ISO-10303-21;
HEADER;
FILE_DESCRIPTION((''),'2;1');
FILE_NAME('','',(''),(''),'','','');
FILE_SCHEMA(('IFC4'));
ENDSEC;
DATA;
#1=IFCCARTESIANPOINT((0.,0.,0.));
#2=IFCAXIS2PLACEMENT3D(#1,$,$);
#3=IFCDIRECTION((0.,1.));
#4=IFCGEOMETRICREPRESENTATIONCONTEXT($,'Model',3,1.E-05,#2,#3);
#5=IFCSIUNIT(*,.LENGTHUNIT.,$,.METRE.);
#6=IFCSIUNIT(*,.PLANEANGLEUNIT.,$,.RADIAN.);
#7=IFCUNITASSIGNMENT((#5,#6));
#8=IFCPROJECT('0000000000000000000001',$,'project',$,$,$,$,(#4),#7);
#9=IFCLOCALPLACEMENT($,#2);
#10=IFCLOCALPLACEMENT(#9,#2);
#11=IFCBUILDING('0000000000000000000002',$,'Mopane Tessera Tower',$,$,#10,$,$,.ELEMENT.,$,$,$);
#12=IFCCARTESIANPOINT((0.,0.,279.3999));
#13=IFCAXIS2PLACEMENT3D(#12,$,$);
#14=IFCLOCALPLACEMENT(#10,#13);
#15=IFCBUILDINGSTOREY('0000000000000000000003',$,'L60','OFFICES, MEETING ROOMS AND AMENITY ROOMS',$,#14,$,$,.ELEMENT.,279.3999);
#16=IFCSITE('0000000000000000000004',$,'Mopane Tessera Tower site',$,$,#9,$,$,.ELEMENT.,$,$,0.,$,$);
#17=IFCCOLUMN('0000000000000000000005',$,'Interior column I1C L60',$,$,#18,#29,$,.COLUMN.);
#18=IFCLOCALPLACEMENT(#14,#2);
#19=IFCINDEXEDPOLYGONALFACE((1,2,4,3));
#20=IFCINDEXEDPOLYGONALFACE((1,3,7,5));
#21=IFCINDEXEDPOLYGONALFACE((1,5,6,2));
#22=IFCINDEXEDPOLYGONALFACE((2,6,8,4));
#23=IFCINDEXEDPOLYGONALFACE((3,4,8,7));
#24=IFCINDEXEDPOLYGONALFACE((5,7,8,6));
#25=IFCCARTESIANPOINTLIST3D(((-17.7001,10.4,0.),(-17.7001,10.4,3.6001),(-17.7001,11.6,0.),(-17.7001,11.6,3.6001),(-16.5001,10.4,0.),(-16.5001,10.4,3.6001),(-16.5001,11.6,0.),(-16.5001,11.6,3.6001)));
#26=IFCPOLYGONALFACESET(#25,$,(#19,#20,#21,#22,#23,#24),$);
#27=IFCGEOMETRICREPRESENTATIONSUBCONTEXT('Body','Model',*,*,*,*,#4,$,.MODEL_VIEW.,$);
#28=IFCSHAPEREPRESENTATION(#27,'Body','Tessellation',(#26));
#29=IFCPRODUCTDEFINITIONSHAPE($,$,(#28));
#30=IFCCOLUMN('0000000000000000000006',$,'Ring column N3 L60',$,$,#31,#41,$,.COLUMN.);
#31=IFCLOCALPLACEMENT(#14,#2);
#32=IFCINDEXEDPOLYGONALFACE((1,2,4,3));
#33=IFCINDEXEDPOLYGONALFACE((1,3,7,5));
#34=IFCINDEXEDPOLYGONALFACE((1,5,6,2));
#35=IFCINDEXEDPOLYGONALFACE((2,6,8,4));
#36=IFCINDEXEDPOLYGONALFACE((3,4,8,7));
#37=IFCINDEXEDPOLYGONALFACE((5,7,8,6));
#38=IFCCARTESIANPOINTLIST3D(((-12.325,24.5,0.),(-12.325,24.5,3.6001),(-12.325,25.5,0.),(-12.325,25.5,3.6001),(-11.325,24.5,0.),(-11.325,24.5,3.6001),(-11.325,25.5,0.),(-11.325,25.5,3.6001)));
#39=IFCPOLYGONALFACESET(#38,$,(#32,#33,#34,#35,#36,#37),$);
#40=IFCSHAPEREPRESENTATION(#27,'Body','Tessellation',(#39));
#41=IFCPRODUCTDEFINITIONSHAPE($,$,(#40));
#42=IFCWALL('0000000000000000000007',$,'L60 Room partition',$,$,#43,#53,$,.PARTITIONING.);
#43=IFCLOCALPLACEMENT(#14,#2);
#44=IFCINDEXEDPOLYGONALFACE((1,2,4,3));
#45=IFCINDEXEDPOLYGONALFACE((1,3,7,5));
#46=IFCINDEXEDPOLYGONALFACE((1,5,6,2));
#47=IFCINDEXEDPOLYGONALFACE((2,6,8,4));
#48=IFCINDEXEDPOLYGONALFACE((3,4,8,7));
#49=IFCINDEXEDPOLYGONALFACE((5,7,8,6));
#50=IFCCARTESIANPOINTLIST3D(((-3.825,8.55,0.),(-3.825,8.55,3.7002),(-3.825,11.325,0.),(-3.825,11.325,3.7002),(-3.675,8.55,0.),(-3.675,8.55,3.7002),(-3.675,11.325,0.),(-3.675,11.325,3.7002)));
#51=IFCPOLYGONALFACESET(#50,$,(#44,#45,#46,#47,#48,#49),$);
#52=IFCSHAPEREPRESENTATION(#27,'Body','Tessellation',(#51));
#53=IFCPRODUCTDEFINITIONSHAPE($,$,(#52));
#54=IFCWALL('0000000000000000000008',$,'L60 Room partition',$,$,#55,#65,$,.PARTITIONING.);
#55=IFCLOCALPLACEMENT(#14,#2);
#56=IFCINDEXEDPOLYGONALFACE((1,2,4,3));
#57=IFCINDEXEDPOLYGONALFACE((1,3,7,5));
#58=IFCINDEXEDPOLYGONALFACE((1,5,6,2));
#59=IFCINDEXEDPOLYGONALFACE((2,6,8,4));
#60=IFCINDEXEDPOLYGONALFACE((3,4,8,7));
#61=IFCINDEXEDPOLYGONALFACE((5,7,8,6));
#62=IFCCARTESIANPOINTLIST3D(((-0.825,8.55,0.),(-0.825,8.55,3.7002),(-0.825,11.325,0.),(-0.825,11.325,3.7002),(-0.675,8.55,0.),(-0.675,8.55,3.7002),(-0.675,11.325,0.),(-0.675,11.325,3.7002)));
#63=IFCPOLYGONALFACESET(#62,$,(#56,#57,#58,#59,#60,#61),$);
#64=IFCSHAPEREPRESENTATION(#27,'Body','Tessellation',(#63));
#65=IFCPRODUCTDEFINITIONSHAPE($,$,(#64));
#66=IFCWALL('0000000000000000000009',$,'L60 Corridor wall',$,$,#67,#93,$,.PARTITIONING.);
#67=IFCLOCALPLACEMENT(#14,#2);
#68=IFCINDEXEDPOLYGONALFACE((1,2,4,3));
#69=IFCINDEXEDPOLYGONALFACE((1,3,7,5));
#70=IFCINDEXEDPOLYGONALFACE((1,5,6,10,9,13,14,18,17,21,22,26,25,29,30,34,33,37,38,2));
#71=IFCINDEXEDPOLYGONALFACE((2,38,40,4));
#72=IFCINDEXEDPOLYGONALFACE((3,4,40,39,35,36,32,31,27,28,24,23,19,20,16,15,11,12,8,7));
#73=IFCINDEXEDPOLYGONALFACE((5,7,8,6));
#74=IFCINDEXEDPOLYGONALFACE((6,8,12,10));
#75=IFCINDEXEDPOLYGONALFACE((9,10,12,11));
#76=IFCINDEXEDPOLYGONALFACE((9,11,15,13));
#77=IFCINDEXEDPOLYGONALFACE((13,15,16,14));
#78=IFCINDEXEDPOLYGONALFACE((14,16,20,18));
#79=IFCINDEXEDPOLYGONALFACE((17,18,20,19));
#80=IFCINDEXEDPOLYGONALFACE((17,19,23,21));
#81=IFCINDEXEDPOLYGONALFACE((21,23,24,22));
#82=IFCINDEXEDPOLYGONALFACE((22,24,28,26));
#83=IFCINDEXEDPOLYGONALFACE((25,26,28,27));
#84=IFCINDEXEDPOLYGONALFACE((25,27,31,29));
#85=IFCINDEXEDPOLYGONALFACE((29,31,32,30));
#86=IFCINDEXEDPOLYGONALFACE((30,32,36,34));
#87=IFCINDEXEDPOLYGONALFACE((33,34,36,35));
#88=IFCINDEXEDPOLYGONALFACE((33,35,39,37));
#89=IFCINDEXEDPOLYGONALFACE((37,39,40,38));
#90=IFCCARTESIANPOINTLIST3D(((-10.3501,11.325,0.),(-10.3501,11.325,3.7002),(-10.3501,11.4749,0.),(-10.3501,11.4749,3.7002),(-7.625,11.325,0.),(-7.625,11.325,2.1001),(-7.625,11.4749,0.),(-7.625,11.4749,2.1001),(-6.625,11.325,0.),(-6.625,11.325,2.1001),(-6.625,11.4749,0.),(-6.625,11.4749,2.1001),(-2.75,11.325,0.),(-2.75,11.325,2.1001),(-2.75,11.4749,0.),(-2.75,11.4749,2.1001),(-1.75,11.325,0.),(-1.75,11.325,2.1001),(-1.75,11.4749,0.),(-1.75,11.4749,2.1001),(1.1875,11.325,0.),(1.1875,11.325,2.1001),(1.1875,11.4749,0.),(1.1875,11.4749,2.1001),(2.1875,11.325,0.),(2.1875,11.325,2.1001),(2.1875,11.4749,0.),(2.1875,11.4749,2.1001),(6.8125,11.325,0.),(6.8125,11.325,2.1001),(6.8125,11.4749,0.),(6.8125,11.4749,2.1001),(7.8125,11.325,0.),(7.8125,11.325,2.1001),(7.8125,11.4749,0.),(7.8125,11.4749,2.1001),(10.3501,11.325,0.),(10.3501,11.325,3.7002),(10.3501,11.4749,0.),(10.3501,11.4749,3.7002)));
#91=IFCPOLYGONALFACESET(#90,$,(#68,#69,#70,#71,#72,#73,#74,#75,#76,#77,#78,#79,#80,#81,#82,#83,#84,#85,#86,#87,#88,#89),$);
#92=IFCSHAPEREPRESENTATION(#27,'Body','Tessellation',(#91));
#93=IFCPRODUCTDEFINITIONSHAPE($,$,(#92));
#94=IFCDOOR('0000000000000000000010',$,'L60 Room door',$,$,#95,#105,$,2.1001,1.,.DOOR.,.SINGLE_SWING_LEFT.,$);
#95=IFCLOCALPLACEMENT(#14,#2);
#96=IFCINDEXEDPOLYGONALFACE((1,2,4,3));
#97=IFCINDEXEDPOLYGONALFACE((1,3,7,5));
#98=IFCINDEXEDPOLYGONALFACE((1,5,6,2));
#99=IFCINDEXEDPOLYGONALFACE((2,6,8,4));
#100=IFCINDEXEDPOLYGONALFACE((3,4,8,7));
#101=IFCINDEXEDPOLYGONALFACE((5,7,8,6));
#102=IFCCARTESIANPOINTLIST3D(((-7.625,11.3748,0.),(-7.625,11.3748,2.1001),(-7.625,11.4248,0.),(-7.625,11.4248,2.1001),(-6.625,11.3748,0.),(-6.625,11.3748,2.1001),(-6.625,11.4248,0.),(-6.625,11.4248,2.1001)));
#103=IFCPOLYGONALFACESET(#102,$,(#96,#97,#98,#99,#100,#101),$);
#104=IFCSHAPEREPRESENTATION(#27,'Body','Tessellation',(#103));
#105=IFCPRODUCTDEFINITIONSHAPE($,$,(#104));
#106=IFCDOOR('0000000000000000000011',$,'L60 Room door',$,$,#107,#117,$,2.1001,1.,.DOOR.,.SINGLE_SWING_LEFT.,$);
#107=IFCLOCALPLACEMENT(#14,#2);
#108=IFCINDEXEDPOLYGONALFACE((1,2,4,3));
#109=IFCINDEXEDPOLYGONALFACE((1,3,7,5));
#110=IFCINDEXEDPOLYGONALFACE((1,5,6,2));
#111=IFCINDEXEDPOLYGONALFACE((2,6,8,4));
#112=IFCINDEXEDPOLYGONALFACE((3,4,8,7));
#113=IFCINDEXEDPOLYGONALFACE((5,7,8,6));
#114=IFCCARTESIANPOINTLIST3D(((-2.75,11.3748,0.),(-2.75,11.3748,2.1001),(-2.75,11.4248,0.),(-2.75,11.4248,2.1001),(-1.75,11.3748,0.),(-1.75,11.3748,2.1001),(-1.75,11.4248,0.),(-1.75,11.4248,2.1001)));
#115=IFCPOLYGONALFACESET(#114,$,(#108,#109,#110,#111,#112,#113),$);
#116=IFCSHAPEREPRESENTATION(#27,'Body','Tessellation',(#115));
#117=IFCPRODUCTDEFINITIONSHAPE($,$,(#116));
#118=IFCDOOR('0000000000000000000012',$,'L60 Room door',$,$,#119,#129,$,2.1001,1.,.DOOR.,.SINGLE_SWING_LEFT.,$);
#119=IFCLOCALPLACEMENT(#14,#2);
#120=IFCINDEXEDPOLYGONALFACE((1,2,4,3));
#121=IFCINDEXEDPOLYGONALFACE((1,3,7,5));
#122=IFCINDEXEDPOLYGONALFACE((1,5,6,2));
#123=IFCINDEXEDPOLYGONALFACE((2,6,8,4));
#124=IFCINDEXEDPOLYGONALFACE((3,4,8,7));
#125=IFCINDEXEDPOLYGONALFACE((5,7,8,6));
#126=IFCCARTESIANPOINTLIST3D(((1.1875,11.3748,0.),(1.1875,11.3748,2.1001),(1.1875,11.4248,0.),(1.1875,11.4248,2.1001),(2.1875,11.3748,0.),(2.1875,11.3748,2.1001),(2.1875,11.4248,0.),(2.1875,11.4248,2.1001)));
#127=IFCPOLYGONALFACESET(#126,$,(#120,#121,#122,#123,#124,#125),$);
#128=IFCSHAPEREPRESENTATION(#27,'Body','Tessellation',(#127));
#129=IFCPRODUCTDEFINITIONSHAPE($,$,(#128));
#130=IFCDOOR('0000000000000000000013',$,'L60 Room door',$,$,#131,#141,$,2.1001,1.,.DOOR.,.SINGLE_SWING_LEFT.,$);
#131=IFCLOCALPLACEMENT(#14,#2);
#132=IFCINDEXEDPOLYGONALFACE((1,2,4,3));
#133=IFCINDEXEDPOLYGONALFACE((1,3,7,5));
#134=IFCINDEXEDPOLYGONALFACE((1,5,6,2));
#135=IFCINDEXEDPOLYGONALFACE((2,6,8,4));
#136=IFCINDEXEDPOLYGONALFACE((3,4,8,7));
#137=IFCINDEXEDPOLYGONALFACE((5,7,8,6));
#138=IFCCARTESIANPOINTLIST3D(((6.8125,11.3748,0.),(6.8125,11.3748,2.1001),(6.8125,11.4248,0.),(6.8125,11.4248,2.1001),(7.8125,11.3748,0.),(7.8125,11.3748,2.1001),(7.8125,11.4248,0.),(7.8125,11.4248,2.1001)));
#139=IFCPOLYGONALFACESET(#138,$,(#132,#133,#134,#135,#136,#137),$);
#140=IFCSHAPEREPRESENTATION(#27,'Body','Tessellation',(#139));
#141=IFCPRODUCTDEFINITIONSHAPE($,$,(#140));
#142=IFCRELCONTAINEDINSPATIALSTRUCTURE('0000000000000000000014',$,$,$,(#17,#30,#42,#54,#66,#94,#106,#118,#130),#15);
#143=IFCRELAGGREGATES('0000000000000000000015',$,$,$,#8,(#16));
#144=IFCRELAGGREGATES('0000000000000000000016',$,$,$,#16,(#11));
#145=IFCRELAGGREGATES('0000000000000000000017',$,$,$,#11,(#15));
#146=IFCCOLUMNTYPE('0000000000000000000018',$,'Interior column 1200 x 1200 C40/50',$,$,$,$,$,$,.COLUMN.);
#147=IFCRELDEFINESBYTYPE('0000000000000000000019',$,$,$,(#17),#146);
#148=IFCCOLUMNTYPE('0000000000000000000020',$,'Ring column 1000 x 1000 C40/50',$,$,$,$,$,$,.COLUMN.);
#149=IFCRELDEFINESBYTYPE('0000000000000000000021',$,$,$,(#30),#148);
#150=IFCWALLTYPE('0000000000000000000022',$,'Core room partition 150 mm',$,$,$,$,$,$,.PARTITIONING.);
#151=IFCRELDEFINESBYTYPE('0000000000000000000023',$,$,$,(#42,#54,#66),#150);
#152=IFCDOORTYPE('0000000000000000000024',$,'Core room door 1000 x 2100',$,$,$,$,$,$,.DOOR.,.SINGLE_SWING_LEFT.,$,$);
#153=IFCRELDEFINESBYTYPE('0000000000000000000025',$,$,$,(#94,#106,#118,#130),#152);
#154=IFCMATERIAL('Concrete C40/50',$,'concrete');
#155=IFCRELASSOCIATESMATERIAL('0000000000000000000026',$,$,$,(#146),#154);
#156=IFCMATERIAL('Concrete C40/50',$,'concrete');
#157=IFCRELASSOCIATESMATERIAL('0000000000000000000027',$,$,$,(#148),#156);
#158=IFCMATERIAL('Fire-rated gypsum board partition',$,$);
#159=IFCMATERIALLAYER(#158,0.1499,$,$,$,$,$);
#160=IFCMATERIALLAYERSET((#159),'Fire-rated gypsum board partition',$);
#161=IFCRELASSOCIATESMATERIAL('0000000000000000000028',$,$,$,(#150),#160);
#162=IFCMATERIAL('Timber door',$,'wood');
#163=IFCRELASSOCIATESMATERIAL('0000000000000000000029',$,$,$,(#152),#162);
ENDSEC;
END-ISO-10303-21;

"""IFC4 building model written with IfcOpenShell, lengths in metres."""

from ifc_helpers import new_model, si_unit, direction, frame, frame_2d, origin, origin_2d, place, context, subcontext, project, spatial, rectangle, extrude, material, layer, layer_set, material_profile, profile_set, type_object, element, fill, save


model = new_model("IFC4")

# Units and contexts
model_context = context("Model", 3, precision=1e-05, world=origin(), true_north=direction((0.0, 1.0)))
body_context = subcontext(model_context, "Body", "Model", "MODEL_VIEW")
ifc_project = project(units=[si_unit("LENGTHUNIT", "METRE"), si_unit("PLANEANGLEUNIT", "RADIAN")], contexts=[model_context])

# Site, building, storey
site_placement = place(None, origin())
site = spatial("IfcSite", under=ifc_project, at=site_placement, Name="Mopane Tessera Tower site", CompositionType="ELEMENT", RefElevation=0.0)
building_placement = place(site_placement, origin())
building = spatial("IfcBuilding", under=site, at=building_placement, Name="Mopane Tessera Tower", CompositionType="ELEMENT")
storey_placement = place(building_placement, frame((0.0, 0.0, 279.3999)))
storey = spatial("IfcBuildingStorey", under=building, at=storey_placement, Name="L60", Description="OFFICES, MEETING ROOMS AND AMENITY ROOMS", CompositionType="ELEMENT", Elevation=279.3999)

# Columns
ifc_material_1 = material(Name="Concrete C40/50", Category="concrete")
ifc_material_profile_1 = material_profile(ifc_material_1, rectangle(XDim=1.2, YDim=1.2, at=origin_2d()))
ifc_profile_set_1 = profile_set([ifc_material_profile_1], Name="Concrete C40/50")
column_type_1 = type_object("IfcColumnType", Name="Interior column 1200 x 1200 C40/50", PredefinedType="COLUMN", material=ifc_profile_set_1)
column_1_placement = place(storey_placement, frame((-17.1001, 11.0, 0.0), z_axis=(0.0, 0.0, 1.0), x_axis=(1.0, 0.0, 0.0)))
element("IfcColumn", 1, at=column_1_placement, inside=storey, type_object=column_type_1, Name="Interior column I1C L60", PredefinedType="COLUMN", context=body_context, shape_type="SweptSolid", body=[
    extrude(rectangle(XDim=1.2, YDim=1.2, at=origin_2d()), origin(), (0.0, 0.0, 1.0), 3.6001),
])
ifc_material_2 = material(Name="Concrete C40/50", Category="concrete")
ifc_material_profile_2 = material_profile(ifc_material_2, rectangle(XDim=1.0, YDim=1.0, at=origin_2d()))
ifc_profile_set_2 = profile_set([ifc_material_profile_2], Name="Concrete C40/50")
column_type_2 = type_object("IfcColumnType", Name="Ring column 1000 x 1000 C40/50", PredefinedType="COLUMN", material=ifc_profile_set_2)
column_2_placement = place(storey_placement, frame((-11.825, 25.0, 0.0), z_axis=(0.0, 0.0, 1.0), x_axis=(1.0, 0.0, 0.0)))
element("IfcColumn", 2, at=column_2_placement, inside=storey, type_object=column_type_2, Name="Ring column N3 L60", PredefinedType="COLUMN", context=body_context, shape_type="SweptSolid", body=[
    extrude(rectangle(XDim=1.0, YDim=1.0, at=origin_2d()), origin(), (0.0, 0.0, 1.0), 3.6001),
])

# Walls
ifc_material_3 = material(Name="Fire-rated gypsum board partition")
ifc_layer_1 = layer(ifc_material_3, 0.1499)
ifc_layer_set_1 = layer_set([ifc_layer_1], Name="Fire-rated gypsum board partition")
wall_type_1 = type_object("IfcWallType", Name="Core room partition 150 mm", PredefinedType="PARTITIONING", material=ifc_layer_set_1)
for number, where, z_axis, x_axis, name in (
    (3, (-3.75, 8.55, 0.0), (0.0, 0.0, 1.0), (0.0, 1.0, 0.0), "L60 Room partition"),
    (4, (-0.75, 8.55, 0.0), (0.0, 0.0, 1.0), (0.0, 1.0, 0.0), "L60 Room partition"),
):
    element("IfcWall", number, at=place(storey_placement, frame(where, z_axis=z_axis, x_axis=x_axis)), inside=storey, type_object=wall_type_1, Name=name, PredefinedType="PARTITIONING", context=body_context, shape_type="SweptSolid", body=[
        extrude(rectangle(XDim=2.7749, YDim=0.1499, at=frame_2d((1.3875, 0.0))), origin(), (0.0, 0.0, 1.0), 3.7002),
    ])

# Wall, openings, doors
wall_1_placement = place(storey_placement, frame((-10.3501, 11.3999, 0.0), z_axis=(0.0, 0.0, 1.0), x_axis=(1.0, 0.0, 0.0)))
wall_1 = element("IfcWall", 5, at=wall_1_placement, inside=storey, type_object=wall_type_1, Name="L60 Corridor wall", PredefinedType="PARTITIONING", context=body_context, shape_type="SweptSolid", body=[
    extrude(rectangle(XDim=20.7002, YDim=0.1499, at=frame_2d((10.3501, 0.0))), origin(), (0.0, 0.0, 1.0), 3.7002),
])
opening_1_placement = place(wall_1_placement, frame((2.7251, 0.0, 0.0)))
opening_1 = element("IfcOpeningElement", 6, at=opening_1_placement, cuts=wall_1, PredefinedType="OPENING", context=body_context, shape_type="SweptSolid", body=[
    extrude(rectangle(XDim=1.0, YDim=2.1001, at=frame_2d((0.5, 1.05))), frame((0.0, 0.0869, 0.0), z_axis=(0.0, -1.0, 0.0), x_axis=(1.0, 0.0, 0.0)), (0.0, 0.0, 1.0), 0.1738),
])
opening_2_placement = place(wall_1_placement, frame((7.6001, 0.0, 0.0)))
opening_2 = element("IfcOpeningElement", 7, at=opening_2_placement, cuts=wall_1, PredefinedType="OPENING", context=body_context, shape_type="SweptSolid", body=[
    extrude(rectangle(XDim=1.0, YDim=2.1001, at=frame_2d((0.5, 1.05))), frame((0.0, 0.0869, 0.0), z_axis=(0.0, -1.0, 0.0), x_axis=(1.0, 0.0, 0.0)), (0.0, 0.0, 1.0), 0.1738),
])
opening_3_placement = place(wall_1_placement, frame((11.5376, 0.0, 0.0)))
opening_3 = element("IfcOpeningElement", 8, at=opening_3_placement, cuts=wall_1, PredefinedType="OPENING", context=body_context, shape_type="SweptSolid", body=[
    extrude(rectangle(XDim=1.0, YDim=2.1001, at=frame_2d((0.5, 1.05))), frame((0.0, 0.0869, 0.0), z_axis=(0.0, -1.0, 0.0), x_axis=(1.0, 0.0, 0.0)), (0.0, 0.0, 1.0), 0.1738),
])
opening_4_placement = place(wall_1_placement, frame((17.1626, 0.0, 0.0)))
opening_4 = element("IfcOpeningElement", 9, at=opening_4_placement, cuts=wall_1, PredefinedType="OPENING", context=body_context, shape_type="SweptSolid", body=[
    extrude(rectangle(XDim=1.0, YDim=2.1001, at=frame_2d((0.5, 1.05))), frame((0.0, 0.0869, 0.0), z_axis=(0.0, -1.0, 0.0), x_axis=(1.0, 0.0, 0.0)), (0.0, 0.0, 1.0), 0.1738),
])
ifc_material_4 = material(Name="Timber door", Category="wood")
door_type_1 = type_object("IfcDoorType", Name="Core room door 1000 x 2100", OperationType="SINGLE_SWING_LEFT", PredefinedType="DOOR", material=ifc_material_4)
door_1_placement = place(opening_1_placement, origin())
door_1 = element("IfcDoor", 10, at=door_1_placement, inside=storey, type_object=door_type_1, Name="L60 Room door", OperationType="SINGLE_SWING_LEFT", OverallHeight=2.1001, OverallWidth=1.0, PredefinedType="DOOR", context=body_context, shape_type="SweptSolid", body=[
    extrude(rectangle(XDim=1.0, YDim=2.1001, at=frame_2d((0.5, 1.05))), frame((0.0, 0.0249, 0.0), z_axis=(0.0, -1.0, 0.0), x_axis=(1.0, 0.0, 0.0)), (0.0, 0.0, 1.0), 0.05),
])
fill(opening_1, door_1)
door_2_placement = place(opening_2_placement, origin())
door_2 = element("IfcDoor", 11, at=door_2_placement, inside=storey, type_object=door_type_1, Name="L60 Room door", OperationType="SINGLE_SWING_LEFT", OverallHeight=2.1001, OverallWidth=1.0, PredefinedType="DOOR", context=body_context, shape_type="SweptSolid", body=[
    extrude(rectangle(XDim=1.0, YDim=2.1001, at=frame_2d((0.5, 1.05))), frame((0.0, 0.0249, 0.0), z_axis=(0.0, -1.0, 0.0), x_axis=(1.0, 0.0, 0.0)), (0.0, 0.0, 1.0), 0.05),
])
fill(opening_2, door_2)
door_3_placement = place(opening_3_placement, origin())
door_3 = element("IfcDoor", 12, at=door_3_placement, inside=storey, type_object=door_type_1, Name="L60 Room door", OperationType="SINGLE_SWING_LEFT", OverallHeight=2.1001, OverallWidth=1.0, PredefinedType="DOOR", context=body_context, shape_type="SweptSolid", body=[
    extrude(rectangle(XDim=1.0, YDim=2.1001, at=frame_2d((0.5, 1.05))), frame((0.0, 0.0249, 0.0), z_axis=(0.0, -1.0, 0.0), x_axis=(1.0, 0.0, 0.0)), (0.0, 0.0, 1.0), 0.05),
])
fill(opening_3, door_3)
door_4_placement = place(opening_4_placement, origin())
door_4 = element("IfcDoor", 13, at=door_4_placement, inside=storey, type_object=door_type_1, Name="L60 Room door", OperationType="SINGLE_SWING_LEFT", OverallHeight=2.1001, OverallWidth=1.0, PredefinedType="DOOR", context=body_context, shape_type="SweptSolid", body=[
    extrude(rectangle(XDim=1.0, YDim=2.1001, at=frame_2d((0.5, 1.05))), frame((0.0, 0.0249, 0.0), z_axis=(0.0, -1.0, 0.0), x_axis=(1.0, 0.0, 0.0)), (0.0, 0.0, 1.0), 0.05),
])
fill(opening_4, door_4)

save(model, "model.ifc")
